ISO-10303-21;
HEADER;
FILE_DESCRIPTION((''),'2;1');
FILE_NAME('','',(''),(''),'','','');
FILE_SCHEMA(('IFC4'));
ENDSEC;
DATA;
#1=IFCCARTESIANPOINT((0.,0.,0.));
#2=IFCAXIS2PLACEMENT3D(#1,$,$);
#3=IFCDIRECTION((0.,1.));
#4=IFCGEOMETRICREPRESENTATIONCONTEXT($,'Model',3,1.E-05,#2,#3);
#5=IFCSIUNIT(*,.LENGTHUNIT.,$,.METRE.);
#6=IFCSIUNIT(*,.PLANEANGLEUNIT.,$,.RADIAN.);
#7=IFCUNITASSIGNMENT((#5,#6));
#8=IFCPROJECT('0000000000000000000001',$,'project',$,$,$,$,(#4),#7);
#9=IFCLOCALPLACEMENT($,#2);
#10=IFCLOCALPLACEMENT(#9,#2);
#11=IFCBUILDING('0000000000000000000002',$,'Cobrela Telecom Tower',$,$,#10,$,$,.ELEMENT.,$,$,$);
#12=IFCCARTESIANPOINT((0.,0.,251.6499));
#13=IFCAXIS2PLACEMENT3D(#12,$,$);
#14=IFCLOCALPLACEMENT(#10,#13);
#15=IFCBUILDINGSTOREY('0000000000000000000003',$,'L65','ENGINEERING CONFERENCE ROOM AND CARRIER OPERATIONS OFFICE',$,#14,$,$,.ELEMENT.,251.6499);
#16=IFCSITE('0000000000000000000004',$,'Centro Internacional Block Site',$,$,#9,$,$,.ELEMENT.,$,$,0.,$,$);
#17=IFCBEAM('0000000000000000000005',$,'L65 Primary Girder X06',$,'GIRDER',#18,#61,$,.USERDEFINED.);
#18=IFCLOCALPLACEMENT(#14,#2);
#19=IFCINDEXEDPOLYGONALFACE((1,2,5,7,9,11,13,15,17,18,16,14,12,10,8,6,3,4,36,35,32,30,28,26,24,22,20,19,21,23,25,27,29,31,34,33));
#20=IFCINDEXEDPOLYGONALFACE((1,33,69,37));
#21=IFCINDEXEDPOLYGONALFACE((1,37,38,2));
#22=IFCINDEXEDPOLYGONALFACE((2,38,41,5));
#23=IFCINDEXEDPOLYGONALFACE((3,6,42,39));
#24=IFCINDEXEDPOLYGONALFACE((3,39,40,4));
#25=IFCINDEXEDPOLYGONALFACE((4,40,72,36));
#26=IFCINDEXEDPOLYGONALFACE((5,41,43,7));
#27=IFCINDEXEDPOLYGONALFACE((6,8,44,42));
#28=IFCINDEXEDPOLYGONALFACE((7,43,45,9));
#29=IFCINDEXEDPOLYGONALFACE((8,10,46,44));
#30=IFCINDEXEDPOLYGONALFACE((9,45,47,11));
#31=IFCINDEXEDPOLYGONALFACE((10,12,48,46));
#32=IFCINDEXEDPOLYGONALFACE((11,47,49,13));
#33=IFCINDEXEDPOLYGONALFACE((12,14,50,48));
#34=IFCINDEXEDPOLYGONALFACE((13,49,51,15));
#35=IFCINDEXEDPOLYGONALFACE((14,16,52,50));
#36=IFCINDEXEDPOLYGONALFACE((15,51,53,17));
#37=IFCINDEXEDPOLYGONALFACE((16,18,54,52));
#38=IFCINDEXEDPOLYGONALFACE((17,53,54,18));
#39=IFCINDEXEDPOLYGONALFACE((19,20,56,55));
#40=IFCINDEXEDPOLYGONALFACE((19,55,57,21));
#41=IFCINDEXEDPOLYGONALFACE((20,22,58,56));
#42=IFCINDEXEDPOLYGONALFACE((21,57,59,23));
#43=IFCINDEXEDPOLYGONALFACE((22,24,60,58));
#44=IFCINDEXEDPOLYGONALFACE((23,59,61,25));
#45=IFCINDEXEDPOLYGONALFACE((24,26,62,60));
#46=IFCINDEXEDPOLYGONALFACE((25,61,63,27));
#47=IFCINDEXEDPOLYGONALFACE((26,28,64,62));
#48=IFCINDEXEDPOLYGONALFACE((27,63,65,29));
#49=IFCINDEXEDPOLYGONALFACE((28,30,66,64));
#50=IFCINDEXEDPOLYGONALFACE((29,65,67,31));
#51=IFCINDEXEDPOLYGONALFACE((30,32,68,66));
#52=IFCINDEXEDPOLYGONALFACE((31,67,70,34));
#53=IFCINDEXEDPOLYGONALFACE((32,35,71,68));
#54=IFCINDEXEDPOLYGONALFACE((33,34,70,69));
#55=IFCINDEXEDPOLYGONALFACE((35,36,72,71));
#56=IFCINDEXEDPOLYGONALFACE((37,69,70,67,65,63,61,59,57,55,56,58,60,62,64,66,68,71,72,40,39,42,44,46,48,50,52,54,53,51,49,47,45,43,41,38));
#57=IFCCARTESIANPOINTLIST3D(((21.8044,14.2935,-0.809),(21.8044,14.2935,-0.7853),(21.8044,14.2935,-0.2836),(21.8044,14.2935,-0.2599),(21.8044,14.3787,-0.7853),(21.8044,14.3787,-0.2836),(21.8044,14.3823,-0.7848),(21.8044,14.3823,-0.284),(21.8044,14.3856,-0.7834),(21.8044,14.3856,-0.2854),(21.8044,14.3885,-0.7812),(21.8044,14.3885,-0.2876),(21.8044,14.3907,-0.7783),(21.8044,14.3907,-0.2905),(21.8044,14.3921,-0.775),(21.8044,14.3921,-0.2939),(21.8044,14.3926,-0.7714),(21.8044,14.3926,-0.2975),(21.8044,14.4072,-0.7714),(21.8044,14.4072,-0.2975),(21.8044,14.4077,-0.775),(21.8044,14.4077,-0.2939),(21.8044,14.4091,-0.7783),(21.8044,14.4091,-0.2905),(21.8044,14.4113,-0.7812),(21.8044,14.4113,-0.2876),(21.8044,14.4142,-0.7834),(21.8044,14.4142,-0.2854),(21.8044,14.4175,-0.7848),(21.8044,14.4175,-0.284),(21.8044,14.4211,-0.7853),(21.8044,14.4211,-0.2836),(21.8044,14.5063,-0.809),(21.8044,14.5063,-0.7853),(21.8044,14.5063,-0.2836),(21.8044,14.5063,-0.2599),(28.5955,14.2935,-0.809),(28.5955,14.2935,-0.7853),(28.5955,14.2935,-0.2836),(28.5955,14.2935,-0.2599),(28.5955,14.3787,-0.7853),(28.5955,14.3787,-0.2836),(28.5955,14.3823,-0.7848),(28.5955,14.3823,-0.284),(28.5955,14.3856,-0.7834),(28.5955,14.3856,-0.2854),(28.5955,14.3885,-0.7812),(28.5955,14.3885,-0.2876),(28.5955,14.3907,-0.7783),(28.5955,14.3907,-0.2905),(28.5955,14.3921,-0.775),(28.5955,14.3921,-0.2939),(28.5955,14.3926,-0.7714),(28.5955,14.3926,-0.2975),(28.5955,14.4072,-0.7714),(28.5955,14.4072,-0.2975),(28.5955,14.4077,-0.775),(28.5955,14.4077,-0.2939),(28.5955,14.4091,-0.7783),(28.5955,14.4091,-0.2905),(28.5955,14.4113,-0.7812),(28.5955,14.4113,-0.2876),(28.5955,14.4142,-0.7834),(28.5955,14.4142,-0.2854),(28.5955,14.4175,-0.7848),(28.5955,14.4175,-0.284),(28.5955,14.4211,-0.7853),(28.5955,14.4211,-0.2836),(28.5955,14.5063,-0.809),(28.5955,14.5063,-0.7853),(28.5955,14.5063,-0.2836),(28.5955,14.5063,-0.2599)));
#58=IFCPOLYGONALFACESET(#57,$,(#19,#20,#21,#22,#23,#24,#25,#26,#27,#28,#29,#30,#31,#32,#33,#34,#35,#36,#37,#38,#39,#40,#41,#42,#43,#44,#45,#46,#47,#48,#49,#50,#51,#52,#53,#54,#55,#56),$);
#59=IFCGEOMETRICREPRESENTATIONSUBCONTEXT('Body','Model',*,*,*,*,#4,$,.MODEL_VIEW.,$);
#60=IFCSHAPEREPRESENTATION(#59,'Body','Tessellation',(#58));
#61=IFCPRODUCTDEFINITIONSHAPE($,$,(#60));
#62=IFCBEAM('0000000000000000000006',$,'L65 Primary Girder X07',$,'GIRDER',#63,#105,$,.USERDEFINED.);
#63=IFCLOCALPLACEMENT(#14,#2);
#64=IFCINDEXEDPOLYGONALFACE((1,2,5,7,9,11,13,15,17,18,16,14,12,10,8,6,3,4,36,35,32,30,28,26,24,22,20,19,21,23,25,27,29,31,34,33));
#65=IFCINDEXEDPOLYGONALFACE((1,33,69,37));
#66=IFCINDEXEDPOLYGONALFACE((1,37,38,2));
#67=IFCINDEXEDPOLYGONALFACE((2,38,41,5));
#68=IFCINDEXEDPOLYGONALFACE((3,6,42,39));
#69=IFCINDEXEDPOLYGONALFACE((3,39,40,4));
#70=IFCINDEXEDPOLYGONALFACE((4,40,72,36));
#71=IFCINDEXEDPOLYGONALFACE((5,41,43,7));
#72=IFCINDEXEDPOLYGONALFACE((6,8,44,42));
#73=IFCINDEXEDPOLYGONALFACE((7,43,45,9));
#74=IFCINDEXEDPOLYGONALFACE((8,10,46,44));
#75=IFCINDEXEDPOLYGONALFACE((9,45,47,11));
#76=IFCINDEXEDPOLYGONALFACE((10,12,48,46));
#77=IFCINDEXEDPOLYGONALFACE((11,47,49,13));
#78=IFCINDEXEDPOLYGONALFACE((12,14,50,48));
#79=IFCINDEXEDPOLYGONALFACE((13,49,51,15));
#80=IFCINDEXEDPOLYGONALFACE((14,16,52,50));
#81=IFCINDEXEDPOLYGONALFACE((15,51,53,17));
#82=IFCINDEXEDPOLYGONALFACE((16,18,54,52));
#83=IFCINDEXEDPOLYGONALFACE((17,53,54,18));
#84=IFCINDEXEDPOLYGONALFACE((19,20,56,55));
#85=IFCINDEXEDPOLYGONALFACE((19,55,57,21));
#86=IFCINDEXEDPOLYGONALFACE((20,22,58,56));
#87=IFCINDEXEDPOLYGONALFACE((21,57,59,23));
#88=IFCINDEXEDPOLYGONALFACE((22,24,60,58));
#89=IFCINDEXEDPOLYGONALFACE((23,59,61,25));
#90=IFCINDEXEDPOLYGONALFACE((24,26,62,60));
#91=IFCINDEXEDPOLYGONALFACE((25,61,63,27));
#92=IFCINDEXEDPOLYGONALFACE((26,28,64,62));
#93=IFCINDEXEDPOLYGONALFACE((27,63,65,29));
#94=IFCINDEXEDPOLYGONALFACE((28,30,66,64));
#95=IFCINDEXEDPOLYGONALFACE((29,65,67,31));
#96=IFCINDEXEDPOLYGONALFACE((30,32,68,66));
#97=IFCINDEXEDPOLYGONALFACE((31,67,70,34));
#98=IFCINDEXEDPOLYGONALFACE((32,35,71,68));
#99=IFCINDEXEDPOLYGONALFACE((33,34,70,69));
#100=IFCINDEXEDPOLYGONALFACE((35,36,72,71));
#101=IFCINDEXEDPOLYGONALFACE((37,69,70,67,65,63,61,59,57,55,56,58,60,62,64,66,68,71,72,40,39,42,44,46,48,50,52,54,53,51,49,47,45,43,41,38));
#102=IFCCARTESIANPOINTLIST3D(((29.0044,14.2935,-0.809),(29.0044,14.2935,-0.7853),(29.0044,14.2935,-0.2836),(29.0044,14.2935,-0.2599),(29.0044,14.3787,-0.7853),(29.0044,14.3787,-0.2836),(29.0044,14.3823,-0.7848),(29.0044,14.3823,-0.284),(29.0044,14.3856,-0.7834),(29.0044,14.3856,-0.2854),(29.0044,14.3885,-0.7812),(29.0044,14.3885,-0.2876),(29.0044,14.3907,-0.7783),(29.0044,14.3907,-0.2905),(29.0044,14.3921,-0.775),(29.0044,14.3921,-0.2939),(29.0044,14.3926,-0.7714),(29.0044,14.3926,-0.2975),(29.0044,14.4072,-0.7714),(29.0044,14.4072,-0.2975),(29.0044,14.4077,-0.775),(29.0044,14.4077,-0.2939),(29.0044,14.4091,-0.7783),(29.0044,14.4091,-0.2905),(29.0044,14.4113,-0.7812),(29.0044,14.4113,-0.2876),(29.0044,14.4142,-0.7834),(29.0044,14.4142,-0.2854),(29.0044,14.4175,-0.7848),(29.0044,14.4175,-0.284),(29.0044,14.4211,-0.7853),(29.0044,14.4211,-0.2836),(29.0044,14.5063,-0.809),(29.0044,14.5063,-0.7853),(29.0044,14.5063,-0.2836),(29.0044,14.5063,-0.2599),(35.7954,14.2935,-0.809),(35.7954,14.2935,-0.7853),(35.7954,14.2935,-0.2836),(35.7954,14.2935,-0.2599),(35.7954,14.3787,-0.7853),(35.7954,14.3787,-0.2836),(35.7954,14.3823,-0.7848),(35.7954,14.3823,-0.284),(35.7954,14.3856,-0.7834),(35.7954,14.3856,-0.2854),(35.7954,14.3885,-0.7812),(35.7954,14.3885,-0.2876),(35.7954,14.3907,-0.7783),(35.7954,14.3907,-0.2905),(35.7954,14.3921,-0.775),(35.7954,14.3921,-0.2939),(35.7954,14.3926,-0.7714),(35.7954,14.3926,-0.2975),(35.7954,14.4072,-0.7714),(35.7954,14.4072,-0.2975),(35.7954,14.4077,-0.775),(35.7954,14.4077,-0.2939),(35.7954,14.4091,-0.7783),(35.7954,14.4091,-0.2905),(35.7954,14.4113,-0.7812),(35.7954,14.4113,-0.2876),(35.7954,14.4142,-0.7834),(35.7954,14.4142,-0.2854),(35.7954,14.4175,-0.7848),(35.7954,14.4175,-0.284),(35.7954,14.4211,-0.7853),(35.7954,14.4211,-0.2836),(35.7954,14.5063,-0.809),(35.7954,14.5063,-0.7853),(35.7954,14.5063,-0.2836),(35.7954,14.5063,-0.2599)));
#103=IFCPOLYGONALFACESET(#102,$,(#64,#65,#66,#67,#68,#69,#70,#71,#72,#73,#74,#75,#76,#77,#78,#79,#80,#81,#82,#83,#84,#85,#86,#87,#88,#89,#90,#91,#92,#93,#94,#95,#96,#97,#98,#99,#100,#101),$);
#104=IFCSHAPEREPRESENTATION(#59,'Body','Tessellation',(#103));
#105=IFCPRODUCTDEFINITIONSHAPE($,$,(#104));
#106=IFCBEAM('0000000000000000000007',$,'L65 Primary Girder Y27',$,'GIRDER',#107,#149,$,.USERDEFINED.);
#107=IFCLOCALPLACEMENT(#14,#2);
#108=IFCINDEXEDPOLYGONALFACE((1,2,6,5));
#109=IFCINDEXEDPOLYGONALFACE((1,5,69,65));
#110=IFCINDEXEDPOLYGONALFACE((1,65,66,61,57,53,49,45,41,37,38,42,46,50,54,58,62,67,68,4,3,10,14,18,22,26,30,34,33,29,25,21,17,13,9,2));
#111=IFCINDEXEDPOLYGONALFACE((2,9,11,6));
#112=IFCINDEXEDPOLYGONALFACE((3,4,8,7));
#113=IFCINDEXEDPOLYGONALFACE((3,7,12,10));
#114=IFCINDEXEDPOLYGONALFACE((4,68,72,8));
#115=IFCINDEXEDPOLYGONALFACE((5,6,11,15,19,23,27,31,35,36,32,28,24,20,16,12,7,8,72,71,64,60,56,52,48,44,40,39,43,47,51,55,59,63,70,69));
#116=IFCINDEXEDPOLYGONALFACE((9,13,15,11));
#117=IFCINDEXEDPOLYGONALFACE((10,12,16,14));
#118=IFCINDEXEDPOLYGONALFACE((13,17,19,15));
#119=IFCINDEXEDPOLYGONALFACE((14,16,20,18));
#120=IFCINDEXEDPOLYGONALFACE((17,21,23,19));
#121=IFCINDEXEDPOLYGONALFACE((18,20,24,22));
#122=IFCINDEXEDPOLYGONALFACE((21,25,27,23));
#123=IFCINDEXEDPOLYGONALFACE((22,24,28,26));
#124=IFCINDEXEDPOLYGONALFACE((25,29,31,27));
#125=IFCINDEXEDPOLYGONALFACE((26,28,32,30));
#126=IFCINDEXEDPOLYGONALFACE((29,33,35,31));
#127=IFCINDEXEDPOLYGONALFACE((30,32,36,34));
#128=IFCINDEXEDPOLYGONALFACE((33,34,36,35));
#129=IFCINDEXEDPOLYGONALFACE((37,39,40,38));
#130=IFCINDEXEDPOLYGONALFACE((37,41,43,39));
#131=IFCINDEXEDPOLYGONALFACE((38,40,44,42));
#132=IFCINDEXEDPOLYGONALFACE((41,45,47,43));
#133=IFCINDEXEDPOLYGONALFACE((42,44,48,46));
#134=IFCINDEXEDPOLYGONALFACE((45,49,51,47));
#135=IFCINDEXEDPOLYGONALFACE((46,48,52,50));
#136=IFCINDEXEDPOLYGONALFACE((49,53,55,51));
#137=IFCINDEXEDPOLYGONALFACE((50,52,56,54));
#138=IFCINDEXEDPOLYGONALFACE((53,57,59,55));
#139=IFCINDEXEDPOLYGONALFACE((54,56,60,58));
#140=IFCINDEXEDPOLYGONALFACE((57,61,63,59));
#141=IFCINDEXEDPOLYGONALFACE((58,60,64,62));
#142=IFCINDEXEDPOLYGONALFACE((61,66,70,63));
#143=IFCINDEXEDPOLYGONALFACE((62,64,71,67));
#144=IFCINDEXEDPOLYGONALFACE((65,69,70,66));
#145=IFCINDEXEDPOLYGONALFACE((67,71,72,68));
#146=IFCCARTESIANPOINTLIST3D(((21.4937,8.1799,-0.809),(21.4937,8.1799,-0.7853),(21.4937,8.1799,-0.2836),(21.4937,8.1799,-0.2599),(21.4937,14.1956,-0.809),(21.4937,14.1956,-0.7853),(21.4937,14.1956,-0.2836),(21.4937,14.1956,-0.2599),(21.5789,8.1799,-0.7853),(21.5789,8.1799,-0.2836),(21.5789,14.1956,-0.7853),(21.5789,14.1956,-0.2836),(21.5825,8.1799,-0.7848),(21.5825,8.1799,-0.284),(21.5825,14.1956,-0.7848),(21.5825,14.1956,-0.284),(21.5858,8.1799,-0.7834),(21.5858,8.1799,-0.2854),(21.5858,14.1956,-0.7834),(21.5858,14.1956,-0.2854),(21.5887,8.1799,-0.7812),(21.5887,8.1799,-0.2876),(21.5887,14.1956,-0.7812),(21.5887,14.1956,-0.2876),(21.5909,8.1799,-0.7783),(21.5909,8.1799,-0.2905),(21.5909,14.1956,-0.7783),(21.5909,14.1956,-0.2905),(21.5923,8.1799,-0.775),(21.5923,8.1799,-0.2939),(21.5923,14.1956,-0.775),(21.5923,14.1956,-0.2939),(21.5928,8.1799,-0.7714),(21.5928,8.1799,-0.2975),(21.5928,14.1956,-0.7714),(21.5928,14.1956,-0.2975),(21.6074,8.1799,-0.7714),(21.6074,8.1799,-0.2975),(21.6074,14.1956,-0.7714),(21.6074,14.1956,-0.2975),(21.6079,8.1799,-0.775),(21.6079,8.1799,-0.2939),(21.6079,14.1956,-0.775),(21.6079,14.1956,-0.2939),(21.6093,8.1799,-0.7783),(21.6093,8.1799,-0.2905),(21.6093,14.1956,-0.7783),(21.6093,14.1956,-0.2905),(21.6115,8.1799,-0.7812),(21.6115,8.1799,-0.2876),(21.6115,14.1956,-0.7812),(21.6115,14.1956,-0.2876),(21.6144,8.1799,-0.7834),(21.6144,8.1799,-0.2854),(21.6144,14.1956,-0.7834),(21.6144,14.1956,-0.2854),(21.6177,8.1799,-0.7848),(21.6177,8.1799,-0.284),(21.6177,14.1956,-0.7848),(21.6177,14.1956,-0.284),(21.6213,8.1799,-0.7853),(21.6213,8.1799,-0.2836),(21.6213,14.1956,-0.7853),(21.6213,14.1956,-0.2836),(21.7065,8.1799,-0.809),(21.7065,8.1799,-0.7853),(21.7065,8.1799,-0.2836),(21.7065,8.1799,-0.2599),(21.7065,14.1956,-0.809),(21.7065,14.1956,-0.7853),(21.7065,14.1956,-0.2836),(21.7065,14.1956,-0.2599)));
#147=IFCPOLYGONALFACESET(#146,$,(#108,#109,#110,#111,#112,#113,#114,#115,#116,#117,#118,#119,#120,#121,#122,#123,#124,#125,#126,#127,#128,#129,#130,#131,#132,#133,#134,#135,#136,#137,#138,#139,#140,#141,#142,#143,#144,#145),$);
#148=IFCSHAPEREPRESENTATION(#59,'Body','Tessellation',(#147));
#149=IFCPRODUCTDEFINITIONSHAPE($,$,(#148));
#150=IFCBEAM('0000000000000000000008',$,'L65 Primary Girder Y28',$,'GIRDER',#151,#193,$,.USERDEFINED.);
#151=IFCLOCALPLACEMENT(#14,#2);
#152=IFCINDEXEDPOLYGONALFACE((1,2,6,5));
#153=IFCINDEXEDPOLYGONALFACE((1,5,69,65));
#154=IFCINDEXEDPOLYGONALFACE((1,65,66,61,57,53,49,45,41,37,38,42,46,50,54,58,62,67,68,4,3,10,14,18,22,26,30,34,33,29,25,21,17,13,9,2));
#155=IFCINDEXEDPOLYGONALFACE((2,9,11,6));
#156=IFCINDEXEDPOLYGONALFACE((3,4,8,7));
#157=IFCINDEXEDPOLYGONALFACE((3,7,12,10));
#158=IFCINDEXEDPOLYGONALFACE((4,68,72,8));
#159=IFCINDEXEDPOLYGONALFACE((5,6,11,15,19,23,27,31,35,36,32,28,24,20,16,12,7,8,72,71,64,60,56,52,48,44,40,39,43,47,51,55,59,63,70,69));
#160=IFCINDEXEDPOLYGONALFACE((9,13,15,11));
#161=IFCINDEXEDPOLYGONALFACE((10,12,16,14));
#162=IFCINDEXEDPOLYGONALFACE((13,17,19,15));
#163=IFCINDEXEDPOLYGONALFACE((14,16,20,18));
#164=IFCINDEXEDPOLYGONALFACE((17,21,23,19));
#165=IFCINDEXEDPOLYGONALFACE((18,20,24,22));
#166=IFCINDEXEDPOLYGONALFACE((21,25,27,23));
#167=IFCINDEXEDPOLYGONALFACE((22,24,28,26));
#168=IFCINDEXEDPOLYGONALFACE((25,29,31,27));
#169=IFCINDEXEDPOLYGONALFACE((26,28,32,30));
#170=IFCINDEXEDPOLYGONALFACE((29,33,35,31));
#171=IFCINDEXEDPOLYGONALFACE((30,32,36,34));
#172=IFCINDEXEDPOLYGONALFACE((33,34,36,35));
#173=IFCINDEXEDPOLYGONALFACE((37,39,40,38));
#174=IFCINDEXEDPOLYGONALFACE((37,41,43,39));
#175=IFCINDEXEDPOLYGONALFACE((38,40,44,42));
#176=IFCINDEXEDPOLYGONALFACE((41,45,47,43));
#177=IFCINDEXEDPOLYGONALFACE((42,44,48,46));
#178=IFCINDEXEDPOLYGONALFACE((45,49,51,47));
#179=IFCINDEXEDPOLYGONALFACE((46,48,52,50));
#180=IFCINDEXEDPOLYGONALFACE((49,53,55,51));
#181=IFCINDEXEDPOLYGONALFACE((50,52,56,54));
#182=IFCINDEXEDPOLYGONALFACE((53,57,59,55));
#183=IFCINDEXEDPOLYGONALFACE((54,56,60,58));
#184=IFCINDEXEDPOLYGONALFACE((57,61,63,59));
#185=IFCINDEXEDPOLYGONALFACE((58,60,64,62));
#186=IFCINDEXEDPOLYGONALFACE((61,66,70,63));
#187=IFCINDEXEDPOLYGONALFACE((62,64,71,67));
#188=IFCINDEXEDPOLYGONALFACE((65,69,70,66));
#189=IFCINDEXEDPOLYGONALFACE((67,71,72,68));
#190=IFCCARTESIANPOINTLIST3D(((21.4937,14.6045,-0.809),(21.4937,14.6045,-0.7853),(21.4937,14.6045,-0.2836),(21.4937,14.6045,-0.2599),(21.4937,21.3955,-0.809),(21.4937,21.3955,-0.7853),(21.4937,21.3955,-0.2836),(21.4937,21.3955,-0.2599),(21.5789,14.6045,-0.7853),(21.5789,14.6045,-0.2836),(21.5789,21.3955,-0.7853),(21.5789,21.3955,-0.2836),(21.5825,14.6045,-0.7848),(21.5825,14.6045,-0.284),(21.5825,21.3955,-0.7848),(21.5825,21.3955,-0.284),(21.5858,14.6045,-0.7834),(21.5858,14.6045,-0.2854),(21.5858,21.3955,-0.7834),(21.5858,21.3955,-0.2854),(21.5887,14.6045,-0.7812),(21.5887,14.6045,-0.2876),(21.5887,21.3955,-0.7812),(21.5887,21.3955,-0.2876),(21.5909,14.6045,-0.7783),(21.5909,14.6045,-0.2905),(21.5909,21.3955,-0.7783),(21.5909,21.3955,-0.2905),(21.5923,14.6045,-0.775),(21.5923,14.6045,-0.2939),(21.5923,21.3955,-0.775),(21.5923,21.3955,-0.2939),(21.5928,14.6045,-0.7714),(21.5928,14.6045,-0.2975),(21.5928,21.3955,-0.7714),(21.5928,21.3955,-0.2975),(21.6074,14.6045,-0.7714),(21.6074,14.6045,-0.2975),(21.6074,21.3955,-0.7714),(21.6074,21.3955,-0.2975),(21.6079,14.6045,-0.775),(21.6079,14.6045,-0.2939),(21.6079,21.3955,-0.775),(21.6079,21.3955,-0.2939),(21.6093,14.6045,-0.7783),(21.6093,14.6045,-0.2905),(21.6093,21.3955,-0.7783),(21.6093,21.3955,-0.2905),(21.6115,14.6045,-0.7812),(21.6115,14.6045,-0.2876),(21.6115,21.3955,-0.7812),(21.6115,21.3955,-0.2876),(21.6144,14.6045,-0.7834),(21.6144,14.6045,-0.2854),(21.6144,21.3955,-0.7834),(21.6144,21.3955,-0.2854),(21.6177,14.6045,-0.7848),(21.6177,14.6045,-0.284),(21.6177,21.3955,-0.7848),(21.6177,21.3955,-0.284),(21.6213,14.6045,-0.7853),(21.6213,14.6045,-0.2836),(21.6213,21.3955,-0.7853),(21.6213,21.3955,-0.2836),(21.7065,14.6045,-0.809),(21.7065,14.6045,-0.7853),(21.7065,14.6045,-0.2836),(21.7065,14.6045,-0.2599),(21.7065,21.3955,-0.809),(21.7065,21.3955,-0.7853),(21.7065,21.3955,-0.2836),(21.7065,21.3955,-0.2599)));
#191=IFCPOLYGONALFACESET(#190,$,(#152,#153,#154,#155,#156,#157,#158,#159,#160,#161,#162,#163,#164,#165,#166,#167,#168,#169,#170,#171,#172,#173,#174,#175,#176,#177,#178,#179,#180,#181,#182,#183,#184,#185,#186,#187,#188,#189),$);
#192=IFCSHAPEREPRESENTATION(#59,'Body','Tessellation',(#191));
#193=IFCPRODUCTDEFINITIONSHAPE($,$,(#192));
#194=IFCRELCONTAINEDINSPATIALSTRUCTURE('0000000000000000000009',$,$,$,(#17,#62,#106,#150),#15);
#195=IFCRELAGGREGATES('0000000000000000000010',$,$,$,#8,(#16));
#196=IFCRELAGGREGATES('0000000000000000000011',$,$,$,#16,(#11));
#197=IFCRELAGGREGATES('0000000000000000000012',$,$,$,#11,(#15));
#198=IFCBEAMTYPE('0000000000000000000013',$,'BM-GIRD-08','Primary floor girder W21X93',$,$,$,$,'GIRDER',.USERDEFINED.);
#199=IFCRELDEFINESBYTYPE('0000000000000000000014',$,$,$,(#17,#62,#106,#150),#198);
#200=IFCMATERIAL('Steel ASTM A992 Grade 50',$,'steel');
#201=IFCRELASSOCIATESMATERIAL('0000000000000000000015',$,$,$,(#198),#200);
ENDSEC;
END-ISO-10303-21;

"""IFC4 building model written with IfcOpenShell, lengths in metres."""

from ifc_helpers import new_model, si_unit, direction, frame, origin, origin_2d, place, context, subcontext, project, spatial, i_section, extrude, material, material_profile, profile_set, type_object, element, save


model = new_model("IFC4")

# Units and contexts
model_context = context("Model", 3, precision=1e-05, world=origin(), true_north=direction((0.0, 1.0)))
body_context = subcontext(model_context, "Body", "Model", "MODEL_VIEW")
ifc_project = project(units=[si_unit("LENGTHUNIT", "METRE"), si_unit("PLANEANGLEUNIT", "RADIAN")], contexts=[model_context])

# Site, building, storey
site_placement = place(None, origin())
site = spatial("IfcSite", under=ifc_project, at=site_placement, Name="Centro Internacional Block Site", CompositionType="ELEMENT", RefElevation=0.0)
building_placement = place(site_placement, origin())
building = spatial("IfcBuilding", under=site, at=building_placement, Name="Cobrela Telecom Tower", CompositionType="ELEMENT")
storey_placement = place(building_placement, frame((0.0, 0.0, 251.6499)))
storey = spatial("IfcBuildingStorey", under=building, at=storey_placement, Name="L65", Description="ENGINEERING CONFERENCE ROOM AND CARRIER OPERATIONS OFFICE", CompositionType="ELEMENT", Elevation=251.6499)

# Shared definitions
ifc_material_1 = material(Name="Steel ASTM A992 Grade 50", Category="steel")

# Beams
ifc_material_profile_1 = material_profile(ifc_material_1, i_section(OverallWidth=0.2129, OverallDepth=0.5491, WebThickness=0.0146, FlangeThickness=0.0237, FilletRadius=0.0139, at=origin_2d()), Name="W21X93")
ifc_profile_set_1 = profile_set([ifc_material_profile_1], Name="Steel ASTM A992 Grade 50")
beam_type_1 = type_object("IfcBeamType", Name="BM-GIRD-08", Description="Primary floor girder W21X93", ElementType="GIRDER", PredefinedType="USERDEFINED", material=ifc_profile_set_1)
for number, where, z_axis, x_axis, name in (
    (1, (21.8044, 14.3999, -0.5344), (1.0, 0.0, 0.0), (0.0, 1.0, 0.0), "L65 Primary Girder X06"),
    (2, (29.0044, 14.3999, -0.5344), (1.0, 0.0, 0.0), (0.0, 1.0, 0.0), "L65 Primary Girder X07"),
):
    element("IfcBeam", number, at=place(storey_placement, frame(where, z_axis=z_axis, x_axis=x_axis)), inside=storey, type_object=beam_type_1, Name=name, ObjectType="GIRDER", PredefinedType="USERDEFINED", context=body_context, shape_type="SweptSolid", body=[
        extrude(i_section(OverallWidth=0.2129, OverallDepth=0.5491, WebThickness=0.0146, FlangeThickness=0.0237, FilletRadius=0.0139, at=origin_2d()), origin(), (0.0, 0.0, 1.0), 6.791),
    ])
beam_1_placement = place(storey_placement, frame((21.6001, 8.1799, -0.5344), z_axis=(0.0, 1.0, 0.0), x_axis=(-1.0, 0.0, 0.0)))
element("IfcBeam", 3, at=beam_1_placement, inside=storey, type_object=beam_type_1, Name="L65 Primary Girder Y27", ObjectType="GIRDER", PredefinedType="USERDEFINED", context=body_context, shape_type="SweptSolid", body=[
    extrude(i_section(OverallWidth=0.2129, OverallDepth=0.5491, WebThickness=0.0146, FlangeThickness=0.0237, FilletRadius=0.0139, at=origin_2d()), origin(), (0.0, 0.0, 1.0), 6.0156),
])
beam_2_placement = place(storey_placement, frame((21.6001, 14.6045, -0.5344), z_axis=(0.0, 1.0, 0.0), x_axis=(-1.0, 0.0, 0.0)))
element("IfcBeam", 4, at=beam_2_placement, inside=storey, type_object=beam_type_1, Name="L65 Primary Girder Y28", ObjectType="GIRDER", PredefinedType="USERDEFINED", context=body_context, shape_type="SweptSolid", body=[
    extrude(i_section(OverallWidth=0.2129, OverallDepth=0.5491, WebThickness=0.0146, FlangeThickness=0.0237, FilletRadius=0.0139, at=origin_2d()), origin(), (0.0, 0.0, 1.0), 6.791),
])

save(model, "model.ifc")
